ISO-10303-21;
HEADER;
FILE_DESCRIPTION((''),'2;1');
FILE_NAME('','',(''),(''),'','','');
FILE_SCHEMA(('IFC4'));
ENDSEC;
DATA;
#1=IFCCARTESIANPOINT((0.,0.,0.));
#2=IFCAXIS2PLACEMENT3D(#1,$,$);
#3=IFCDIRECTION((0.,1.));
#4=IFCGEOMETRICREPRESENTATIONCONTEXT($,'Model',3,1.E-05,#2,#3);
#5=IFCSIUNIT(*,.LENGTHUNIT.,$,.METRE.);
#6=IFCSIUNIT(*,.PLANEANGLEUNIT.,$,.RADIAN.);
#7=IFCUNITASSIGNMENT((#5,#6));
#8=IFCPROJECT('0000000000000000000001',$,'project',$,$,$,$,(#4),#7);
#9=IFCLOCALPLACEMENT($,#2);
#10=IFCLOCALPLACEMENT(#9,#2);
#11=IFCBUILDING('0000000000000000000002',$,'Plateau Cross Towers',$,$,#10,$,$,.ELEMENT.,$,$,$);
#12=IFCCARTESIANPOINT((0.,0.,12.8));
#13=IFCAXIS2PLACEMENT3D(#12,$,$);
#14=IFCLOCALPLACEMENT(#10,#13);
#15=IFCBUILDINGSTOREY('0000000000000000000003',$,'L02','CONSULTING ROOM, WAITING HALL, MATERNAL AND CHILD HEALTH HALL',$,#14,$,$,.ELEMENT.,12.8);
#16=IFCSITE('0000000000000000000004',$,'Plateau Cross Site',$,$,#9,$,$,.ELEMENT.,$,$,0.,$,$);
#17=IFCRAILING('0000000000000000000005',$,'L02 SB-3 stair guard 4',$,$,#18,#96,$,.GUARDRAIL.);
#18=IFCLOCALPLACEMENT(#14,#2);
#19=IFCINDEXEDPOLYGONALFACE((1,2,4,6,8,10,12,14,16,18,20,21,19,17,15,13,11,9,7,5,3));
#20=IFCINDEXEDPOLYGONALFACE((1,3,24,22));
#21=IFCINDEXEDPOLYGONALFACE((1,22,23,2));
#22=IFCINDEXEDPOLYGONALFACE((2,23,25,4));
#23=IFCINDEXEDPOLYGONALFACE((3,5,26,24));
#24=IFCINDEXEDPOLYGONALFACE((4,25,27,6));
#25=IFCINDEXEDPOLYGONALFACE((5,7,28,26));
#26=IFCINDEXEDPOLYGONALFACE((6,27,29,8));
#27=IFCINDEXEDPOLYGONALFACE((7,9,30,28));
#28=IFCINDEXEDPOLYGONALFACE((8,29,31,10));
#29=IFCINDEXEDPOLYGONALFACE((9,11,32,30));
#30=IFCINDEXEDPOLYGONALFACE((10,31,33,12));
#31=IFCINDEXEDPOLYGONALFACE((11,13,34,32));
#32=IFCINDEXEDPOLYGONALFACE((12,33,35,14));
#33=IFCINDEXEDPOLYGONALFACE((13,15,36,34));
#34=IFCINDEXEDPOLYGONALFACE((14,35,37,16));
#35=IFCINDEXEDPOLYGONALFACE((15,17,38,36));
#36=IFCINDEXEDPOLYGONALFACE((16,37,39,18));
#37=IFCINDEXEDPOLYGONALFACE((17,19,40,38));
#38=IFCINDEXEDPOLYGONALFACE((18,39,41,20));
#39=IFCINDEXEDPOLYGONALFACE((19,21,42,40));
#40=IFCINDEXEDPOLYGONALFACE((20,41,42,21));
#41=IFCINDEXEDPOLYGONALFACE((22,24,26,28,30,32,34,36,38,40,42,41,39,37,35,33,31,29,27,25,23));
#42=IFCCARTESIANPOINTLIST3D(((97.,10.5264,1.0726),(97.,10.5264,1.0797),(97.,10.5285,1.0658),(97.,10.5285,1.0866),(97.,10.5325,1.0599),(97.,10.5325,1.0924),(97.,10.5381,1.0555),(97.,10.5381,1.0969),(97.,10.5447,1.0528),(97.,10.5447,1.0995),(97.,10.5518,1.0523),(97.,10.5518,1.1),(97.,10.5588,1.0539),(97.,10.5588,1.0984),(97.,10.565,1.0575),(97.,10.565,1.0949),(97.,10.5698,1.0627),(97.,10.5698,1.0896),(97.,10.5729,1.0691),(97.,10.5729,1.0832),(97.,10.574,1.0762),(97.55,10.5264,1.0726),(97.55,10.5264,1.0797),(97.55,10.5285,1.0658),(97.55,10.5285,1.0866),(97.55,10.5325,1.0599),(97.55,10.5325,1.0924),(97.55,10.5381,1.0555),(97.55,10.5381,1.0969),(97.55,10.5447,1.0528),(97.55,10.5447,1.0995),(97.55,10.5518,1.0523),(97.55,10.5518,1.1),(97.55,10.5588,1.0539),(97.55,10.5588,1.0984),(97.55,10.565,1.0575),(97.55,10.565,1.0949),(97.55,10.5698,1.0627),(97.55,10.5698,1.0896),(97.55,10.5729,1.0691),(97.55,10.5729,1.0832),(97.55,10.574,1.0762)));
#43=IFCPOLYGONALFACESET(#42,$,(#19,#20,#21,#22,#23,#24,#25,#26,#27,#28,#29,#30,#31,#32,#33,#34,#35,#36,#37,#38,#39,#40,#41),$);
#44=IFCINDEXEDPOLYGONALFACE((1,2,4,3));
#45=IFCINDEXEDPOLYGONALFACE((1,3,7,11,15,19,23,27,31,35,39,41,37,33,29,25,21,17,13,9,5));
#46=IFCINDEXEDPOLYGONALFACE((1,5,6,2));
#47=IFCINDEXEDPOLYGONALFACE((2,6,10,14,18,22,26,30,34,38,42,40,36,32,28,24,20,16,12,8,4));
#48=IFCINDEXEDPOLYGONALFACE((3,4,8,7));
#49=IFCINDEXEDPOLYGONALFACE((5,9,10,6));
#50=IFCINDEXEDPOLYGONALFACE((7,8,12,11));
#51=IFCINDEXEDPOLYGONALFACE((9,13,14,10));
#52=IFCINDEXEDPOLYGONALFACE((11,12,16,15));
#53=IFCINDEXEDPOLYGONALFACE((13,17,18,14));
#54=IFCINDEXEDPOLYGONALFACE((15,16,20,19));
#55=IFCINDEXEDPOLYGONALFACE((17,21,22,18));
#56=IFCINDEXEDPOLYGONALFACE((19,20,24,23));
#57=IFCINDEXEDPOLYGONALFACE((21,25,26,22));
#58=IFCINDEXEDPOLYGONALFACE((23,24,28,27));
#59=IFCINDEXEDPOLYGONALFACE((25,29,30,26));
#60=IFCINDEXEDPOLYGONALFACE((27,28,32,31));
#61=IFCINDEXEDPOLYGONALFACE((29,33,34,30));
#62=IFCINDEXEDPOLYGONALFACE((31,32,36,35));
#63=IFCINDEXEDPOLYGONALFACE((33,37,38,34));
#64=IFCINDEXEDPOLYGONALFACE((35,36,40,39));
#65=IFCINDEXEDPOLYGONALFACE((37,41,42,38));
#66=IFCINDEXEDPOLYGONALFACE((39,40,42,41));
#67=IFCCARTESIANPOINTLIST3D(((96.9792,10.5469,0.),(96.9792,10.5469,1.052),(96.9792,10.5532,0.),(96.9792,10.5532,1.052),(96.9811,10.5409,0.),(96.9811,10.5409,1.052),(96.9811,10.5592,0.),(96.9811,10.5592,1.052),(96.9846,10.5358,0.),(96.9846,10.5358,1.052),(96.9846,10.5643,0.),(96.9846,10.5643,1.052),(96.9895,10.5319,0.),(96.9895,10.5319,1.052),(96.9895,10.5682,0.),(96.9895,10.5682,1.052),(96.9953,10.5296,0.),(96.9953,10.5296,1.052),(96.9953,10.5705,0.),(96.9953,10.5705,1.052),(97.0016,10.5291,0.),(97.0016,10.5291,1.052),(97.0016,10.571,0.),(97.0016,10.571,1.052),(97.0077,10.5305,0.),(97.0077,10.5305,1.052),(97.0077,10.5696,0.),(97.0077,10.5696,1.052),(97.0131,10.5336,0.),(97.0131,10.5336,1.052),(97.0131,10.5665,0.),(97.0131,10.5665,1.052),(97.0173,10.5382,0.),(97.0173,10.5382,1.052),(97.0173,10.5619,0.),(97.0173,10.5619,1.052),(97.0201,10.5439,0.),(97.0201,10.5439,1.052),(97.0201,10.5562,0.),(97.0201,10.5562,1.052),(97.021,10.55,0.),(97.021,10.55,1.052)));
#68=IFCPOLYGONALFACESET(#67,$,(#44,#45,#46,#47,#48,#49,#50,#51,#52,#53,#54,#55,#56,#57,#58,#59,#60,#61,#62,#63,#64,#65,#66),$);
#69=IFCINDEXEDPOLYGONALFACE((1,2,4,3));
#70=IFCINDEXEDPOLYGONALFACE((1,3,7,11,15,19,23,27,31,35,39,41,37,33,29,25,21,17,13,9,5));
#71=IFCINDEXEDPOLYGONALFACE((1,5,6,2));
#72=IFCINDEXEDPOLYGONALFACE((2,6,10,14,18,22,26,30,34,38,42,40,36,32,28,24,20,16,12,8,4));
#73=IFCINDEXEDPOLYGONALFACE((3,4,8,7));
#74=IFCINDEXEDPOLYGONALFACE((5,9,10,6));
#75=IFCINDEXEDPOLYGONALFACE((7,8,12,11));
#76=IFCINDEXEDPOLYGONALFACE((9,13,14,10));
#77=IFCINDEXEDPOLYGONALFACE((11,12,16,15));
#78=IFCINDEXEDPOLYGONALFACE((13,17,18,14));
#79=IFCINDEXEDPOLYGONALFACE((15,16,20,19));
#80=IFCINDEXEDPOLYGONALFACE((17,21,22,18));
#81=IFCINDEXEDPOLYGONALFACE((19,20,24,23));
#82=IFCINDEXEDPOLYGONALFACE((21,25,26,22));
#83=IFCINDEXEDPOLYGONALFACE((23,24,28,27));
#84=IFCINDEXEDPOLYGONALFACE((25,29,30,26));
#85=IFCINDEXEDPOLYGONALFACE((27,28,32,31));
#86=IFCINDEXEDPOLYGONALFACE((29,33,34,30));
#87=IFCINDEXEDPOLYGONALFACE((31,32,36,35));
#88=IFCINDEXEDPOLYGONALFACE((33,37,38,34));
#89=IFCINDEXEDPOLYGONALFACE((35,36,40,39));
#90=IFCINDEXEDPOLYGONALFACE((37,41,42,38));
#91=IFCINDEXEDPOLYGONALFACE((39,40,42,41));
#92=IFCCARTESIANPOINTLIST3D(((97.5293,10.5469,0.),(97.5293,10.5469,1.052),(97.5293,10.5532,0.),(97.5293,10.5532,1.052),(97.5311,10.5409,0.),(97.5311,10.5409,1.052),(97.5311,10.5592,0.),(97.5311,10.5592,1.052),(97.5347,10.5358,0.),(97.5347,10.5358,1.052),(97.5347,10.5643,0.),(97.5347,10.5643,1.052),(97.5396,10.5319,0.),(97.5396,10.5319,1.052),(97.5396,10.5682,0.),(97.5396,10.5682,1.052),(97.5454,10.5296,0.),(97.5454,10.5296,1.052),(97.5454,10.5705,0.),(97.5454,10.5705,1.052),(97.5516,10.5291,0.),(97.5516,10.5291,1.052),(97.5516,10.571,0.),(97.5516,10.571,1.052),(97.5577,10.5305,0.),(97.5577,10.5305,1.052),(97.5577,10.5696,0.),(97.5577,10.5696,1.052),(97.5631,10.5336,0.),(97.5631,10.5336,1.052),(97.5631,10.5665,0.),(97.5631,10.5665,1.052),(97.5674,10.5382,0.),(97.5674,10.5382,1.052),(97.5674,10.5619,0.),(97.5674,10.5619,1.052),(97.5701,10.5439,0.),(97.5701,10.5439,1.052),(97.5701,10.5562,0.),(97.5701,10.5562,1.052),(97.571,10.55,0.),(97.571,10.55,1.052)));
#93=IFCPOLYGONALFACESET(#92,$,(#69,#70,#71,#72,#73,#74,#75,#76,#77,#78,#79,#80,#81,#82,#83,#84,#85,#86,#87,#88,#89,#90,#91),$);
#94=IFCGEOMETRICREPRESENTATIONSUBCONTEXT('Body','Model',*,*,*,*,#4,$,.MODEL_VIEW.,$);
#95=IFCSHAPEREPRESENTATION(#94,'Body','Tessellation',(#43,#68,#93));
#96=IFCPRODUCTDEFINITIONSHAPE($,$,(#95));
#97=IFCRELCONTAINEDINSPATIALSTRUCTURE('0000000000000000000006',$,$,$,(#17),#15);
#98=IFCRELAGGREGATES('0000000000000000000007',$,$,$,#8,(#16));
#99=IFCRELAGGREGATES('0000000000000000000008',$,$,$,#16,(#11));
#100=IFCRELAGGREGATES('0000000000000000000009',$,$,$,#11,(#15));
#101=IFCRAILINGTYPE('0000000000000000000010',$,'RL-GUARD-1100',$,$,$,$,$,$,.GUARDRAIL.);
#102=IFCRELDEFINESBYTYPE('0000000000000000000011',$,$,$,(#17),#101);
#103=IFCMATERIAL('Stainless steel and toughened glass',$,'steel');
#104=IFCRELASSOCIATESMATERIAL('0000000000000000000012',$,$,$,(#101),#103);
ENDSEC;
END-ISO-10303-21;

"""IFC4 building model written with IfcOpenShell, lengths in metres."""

from ifc_helpers import new_model, si_unit, direction, frame, origin, origin_2d, place, context, subcontext, project, spatial, circle, extrude, material, type_object, element, save


model = new_model("IFC4")

# Units and contexts
model_context = context("Model", 3, precision=1e-05, world=origin(), true_north=direction((0.0, 1.0)))
body_context = subcontext(model_context, "Body", "Model", "MODEL_VIEW")
ifc_project = project(units=[si_unit("LENGTHUNIT", "METRE"), si_unit("PLANEANGLEUNIT", "RADIAN")], contexts=[model_context])

# Site, building, storey
site_placement = place(None, origin())
site = spatial("IfcSite", under=ifc_project, at=site_placement, Name="Plateau Cross Site", CompositionType="ELEMENT", RefElevation=0.0)
building_placement = place(site_placement, origin())
building = spatial("IfcBuilding", under=site, at=building_placement, Name="Plateau Cross Towers", CompositionType="ELEMENT")
storey_placement = place(building_placement, frame((0.0, 0.0, 12.8)))
storey = spatial("IfcBuildingStorey", under=building, at=storey_placement, Name="L02", Description="CONSULTING ROOM, WAITING HALL, MATERNAL AND CHILD HEALTH HALL", CompositionType="ELEMENT", Elevation=12.8)

# Railing
ifc_material_1 = material(Name="Stainless steel and toughened glass", Category="steel")
railing_type_1 = type_object("IfcRailingType", Name="RL-GUARD-1100", PredefinedType="GUARDRAIL", material=ifc_material_1)
railing_1_placement = place(storey_placement, frame((97.0, 10.55, 0.0)))
element("IfcRailing", 1, at=railing_1_placement, inside=storey, type_object=railing_type_1, Name="L02 SB-3 stair guard 4", PredefinedType="GUARDRAIL", context=body_context, shape_type="SweptSolid", body=[
    extrude(circle(Radius=0.0239, at=origin_2d()), frame((0.0, 0.0, 1.0762), z_axis=(1.0, 0.0, 0.0), x_axis=(0.0, 1.0, 0.0)), (0.0, 0.0, 1.0), 0.55),
    extrude(circle(Radius=0.021, at=origin_2d()), origin(), (0.0, 0.0, 1.0), 1.052),
    extrude(circle(Radius=0.021, at=origin_2d()), frame((0.55, 0.0, 0.0)), (0.0, 0.0, 1.0), 1.052),
])

save(model, "model.ifc")
